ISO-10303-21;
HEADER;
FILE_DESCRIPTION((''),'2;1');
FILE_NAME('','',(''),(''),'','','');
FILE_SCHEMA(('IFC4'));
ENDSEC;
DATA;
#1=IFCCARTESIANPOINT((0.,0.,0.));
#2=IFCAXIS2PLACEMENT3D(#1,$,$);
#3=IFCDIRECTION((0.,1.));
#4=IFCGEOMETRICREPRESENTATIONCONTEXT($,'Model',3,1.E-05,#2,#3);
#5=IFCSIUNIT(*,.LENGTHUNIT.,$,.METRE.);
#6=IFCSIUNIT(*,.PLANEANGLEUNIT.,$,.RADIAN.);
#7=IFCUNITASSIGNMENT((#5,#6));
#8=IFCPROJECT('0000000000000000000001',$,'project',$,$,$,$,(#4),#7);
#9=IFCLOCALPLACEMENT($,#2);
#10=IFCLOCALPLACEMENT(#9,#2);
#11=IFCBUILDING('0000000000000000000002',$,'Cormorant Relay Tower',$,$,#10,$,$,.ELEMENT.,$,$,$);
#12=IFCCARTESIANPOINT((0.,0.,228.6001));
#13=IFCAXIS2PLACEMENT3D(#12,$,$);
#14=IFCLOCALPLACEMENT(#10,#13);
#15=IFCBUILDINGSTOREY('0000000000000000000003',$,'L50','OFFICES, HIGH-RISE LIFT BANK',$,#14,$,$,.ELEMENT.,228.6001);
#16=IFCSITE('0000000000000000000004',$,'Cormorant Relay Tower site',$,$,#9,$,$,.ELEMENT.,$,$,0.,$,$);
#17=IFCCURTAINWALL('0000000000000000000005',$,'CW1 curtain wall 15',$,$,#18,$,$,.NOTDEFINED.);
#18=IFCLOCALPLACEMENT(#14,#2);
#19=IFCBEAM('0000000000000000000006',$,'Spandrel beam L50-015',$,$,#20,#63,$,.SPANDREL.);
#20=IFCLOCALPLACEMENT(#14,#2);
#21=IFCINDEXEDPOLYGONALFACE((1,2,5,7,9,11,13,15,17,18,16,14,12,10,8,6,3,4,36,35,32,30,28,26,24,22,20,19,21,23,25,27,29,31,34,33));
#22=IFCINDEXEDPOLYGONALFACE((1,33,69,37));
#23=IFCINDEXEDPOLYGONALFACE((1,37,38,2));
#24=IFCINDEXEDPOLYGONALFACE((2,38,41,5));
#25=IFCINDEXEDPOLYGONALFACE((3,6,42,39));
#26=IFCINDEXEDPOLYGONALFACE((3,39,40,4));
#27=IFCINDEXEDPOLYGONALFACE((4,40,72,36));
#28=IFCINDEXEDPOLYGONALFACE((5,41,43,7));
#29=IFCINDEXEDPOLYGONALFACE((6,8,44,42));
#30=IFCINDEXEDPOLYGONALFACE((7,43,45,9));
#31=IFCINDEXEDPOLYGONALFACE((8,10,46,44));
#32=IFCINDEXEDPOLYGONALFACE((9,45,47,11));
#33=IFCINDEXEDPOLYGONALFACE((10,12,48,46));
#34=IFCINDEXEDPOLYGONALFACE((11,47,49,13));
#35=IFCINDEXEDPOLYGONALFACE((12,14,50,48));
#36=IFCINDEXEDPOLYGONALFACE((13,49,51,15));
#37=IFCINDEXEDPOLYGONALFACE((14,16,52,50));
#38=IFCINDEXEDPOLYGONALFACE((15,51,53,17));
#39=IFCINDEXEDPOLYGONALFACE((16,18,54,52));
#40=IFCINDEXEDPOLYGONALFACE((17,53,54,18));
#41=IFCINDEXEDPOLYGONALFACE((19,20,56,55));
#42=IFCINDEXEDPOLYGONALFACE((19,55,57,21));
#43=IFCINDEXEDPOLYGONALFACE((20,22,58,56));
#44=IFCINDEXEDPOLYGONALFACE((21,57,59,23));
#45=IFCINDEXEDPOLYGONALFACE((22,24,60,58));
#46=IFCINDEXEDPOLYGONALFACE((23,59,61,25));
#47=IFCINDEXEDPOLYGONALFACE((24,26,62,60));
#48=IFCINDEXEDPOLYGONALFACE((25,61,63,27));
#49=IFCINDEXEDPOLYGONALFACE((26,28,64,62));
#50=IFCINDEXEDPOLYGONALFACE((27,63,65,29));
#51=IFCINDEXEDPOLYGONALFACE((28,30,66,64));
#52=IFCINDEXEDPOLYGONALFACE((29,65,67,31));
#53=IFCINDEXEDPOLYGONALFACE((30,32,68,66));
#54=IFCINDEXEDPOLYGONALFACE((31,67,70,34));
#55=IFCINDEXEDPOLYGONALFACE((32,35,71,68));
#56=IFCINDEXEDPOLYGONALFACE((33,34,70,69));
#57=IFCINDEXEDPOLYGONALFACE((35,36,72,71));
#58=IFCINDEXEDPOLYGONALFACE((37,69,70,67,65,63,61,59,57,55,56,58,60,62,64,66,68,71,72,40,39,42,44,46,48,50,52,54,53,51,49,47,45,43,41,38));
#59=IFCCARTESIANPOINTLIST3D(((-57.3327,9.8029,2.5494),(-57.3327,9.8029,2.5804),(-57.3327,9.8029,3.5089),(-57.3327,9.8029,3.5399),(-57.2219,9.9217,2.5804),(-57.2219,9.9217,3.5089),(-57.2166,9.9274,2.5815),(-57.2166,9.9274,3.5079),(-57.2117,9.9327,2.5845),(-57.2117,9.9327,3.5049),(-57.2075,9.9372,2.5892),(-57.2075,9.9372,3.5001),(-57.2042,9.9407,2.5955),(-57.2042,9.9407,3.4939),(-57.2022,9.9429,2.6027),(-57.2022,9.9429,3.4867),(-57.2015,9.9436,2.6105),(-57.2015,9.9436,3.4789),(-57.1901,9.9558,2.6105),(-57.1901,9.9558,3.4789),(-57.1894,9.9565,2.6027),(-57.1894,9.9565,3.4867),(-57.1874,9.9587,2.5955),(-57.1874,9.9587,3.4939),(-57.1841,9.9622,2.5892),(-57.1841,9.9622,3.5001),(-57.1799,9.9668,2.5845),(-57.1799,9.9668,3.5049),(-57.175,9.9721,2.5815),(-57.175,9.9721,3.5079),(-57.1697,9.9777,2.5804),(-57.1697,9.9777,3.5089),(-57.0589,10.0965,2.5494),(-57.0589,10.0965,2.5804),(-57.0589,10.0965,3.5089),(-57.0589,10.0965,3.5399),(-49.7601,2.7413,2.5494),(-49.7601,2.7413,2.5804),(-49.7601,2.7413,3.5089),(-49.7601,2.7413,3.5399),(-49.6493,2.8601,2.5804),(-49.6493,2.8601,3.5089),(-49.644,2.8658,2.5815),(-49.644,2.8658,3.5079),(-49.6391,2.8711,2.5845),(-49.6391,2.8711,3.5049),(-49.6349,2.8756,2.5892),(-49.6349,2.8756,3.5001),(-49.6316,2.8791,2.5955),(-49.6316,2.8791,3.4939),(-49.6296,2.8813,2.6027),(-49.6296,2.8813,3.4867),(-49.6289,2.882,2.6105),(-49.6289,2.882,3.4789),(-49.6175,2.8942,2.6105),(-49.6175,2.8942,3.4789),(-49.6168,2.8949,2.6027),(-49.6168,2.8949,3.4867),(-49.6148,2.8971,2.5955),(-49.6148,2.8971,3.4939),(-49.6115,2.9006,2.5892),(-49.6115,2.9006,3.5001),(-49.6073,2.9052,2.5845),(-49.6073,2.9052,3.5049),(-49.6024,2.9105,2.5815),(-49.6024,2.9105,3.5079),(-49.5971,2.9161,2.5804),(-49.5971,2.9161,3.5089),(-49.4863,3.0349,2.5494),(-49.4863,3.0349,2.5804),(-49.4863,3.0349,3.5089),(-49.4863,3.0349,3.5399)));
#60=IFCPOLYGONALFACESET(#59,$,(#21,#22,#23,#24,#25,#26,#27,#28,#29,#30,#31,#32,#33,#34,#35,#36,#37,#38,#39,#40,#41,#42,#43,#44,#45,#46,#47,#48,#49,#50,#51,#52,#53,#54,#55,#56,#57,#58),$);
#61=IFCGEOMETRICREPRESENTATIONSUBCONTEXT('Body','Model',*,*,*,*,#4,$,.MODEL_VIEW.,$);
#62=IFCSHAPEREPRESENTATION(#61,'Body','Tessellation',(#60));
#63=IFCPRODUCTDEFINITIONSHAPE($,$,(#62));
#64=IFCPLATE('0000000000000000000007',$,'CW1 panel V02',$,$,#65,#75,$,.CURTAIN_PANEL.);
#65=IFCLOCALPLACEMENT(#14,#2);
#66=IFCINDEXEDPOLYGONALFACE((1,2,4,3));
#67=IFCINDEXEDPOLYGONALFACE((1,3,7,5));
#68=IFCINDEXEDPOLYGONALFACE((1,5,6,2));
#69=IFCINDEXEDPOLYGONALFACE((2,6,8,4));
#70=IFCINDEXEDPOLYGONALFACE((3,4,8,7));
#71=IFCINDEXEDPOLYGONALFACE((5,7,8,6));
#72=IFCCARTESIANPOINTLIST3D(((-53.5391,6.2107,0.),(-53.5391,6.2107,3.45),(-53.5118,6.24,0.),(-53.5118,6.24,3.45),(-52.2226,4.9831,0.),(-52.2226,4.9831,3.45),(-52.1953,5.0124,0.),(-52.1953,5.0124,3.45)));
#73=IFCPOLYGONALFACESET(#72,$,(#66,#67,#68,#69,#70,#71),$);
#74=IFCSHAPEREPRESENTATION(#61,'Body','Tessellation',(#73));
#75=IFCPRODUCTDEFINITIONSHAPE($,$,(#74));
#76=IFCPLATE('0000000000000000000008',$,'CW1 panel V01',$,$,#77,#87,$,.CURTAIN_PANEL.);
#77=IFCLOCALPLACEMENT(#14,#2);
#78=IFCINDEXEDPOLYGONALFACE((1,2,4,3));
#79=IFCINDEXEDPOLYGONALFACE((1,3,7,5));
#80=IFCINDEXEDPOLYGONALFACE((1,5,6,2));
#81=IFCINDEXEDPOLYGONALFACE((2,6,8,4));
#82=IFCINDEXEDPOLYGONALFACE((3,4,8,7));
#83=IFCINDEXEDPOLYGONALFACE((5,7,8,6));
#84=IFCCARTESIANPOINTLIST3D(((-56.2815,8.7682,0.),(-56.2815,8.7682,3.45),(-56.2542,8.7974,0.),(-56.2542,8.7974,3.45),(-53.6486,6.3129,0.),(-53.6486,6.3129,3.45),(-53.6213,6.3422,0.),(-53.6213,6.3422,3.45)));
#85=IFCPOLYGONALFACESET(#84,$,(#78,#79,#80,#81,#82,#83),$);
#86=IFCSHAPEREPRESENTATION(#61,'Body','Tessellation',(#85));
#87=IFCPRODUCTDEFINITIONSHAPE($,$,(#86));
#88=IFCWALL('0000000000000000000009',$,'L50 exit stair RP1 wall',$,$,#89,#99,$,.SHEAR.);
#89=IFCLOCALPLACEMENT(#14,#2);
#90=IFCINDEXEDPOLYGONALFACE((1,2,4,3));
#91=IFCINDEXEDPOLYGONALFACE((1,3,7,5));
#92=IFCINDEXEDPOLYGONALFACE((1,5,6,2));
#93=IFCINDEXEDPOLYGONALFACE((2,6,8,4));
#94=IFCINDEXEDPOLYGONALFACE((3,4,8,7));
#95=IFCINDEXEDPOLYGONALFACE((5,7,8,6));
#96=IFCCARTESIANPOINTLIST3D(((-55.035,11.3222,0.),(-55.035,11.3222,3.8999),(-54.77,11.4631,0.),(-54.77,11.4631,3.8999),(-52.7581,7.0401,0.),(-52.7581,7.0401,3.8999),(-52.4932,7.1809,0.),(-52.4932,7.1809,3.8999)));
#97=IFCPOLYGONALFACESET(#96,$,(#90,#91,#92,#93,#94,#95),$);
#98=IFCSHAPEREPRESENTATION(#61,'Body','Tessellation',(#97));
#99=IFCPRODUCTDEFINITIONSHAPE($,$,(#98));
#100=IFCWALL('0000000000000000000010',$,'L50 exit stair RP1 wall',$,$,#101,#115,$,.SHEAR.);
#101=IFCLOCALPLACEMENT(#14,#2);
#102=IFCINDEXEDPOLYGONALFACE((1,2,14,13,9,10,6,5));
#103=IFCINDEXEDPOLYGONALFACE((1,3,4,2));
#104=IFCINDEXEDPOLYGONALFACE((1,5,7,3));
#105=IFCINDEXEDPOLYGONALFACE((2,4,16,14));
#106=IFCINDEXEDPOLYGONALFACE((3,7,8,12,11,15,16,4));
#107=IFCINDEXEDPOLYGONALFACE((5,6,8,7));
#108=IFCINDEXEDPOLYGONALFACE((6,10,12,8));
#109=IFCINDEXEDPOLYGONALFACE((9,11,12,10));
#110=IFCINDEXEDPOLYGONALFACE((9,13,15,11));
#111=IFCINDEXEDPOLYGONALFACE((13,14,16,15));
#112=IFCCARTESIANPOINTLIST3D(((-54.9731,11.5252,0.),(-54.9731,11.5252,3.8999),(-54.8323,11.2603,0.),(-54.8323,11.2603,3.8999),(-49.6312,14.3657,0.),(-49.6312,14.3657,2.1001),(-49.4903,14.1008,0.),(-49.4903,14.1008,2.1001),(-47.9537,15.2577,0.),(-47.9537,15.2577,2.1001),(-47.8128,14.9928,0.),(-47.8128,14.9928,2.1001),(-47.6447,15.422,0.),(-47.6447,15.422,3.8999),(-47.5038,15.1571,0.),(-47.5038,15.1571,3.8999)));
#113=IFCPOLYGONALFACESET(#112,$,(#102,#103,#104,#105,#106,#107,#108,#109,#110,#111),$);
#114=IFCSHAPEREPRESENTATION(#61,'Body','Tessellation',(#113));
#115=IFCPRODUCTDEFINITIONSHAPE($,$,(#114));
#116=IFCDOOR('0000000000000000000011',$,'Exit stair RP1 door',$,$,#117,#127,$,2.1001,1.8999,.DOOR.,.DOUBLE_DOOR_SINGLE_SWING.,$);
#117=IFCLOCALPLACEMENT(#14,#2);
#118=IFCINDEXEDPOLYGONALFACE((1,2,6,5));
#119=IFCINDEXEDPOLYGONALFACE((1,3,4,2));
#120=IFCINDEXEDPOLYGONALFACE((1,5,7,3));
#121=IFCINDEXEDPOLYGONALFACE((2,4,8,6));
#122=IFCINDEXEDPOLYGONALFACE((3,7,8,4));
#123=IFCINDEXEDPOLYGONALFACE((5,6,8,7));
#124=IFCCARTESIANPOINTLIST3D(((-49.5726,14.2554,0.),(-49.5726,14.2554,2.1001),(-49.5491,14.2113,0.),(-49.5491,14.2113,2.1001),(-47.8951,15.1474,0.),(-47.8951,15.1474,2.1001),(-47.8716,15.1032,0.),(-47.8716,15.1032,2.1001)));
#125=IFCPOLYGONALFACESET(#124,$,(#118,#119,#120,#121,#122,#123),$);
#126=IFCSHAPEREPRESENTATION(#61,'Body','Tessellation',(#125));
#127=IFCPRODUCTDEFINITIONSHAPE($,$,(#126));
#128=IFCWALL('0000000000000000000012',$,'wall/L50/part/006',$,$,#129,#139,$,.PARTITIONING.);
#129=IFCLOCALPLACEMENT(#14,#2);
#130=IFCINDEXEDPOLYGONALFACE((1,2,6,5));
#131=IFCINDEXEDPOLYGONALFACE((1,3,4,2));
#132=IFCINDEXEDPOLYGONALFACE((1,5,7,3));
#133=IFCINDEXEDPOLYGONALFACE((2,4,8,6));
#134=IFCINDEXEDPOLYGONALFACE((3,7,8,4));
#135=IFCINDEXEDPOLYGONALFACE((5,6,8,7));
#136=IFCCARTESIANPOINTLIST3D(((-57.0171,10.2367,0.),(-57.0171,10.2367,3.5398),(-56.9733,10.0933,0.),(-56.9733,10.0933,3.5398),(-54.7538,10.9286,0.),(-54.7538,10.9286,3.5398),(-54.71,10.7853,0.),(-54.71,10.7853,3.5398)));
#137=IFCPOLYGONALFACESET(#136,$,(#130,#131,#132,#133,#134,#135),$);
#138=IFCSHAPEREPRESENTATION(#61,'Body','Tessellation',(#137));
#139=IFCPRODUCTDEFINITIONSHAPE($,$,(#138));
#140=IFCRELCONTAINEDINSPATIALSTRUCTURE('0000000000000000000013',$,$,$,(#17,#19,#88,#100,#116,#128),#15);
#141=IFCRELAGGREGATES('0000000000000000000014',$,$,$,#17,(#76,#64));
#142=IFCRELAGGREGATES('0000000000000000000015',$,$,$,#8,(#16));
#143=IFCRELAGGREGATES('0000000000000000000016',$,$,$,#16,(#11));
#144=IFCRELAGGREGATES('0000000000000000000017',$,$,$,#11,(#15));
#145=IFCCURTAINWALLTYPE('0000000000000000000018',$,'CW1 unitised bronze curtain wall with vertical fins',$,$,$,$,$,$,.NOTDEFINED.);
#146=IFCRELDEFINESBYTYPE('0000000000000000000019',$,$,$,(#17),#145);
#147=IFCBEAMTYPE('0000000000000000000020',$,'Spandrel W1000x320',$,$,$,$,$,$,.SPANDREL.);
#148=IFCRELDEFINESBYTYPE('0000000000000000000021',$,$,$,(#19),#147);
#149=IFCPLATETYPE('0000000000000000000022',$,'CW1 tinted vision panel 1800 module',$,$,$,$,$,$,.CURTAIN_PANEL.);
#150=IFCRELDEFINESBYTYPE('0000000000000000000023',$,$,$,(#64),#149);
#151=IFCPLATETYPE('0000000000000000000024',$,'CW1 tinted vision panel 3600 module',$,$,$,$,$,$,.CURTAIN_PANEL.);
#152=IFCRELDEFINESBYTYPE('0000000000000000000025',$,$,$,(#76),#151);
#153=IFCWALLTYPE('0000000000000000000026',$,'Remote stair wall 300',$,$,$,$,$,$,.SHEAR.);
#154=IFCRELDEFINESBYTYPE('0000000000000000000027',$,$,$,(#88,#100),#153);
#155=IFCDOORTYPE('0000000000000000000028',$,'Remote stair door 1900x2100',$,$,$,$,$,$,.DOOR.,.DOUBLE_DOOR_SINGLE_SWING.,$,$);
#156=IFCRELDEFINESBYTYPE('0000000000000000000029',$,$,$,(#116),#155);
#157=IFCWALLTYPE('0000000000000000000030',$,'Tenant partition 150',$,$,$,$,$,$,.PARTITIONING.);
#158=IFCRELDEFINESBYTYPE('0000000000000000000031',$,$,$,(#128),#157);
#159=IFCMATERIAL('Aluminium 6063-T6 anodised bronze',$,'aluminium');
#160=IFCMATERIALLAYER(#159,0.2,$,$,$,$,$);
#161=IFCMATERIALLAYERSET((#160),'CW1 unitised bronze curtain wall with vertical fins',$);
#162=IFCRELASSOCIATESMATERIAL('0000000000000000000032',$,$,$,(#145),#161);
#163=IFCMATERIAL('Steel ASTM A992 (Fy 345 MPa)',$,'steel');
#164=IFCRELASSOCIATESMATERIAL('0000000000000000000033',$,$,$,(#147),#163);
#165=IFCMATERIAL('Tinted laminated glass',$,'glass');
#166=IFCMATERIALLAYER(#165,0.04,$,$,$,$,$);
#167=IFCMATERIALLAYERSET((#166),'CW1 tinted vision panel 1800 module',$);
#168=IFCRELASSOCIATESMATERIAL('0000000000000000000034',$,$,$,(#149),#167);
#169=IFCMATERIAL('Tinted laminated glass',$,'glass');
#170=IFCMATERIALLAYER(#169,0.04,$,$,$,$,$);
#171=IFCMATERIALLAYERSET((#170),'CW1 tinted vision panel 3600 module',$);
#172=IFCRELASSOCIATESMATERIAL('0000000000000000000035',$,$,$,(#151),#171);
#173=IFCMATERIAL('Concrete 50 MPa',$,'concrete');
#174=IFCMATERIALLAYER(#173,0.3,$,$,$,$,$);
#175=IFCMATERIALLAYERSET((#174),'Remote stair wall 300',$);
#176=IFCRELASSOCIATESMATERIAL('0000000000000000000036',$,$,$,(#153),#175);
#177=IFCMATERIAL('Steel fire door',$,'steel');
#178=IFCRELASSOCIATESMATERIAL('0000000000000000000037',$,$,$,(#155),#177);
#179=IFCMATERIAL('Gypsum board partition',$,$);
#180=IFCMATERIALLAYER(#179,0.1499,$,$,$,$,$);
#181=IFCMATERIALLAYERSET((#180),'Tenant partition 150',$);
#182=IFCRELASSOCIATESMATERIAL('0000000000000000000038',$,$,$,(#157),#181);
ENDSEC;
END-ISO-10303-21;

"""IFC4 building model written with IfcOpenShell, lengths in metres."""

from ifc_helpers import new_model, si_unit, direction, frame, frame_2d, origin, origin_2d, place, context, subcontext, project, spatial, rectangle, i_section, extrude, material, layer, layer_set, material_profile, profile_set, type_object, element, fill, aggregate, save


model = new_model("IFC4")

# Units and contexts
model_context = context("Model", 3, precision=1e-05, world=origin(), true_north=direction((0.0, 1.0)))
body_context = subcontext(model_context, "Body", "Model", "MODEL_VIEW")
ifc_project = project(units=[si_unit("LENGTHUNIT", "METRE"), si_unit("PLANEANGLEUNIT", "RADIAN")], contexts=[model_context])

# Site, building, storey
site_placement = place(None, origin())
site = spatial("IfcSite", under=ifc_project, at=site_placement, Name="Cormorant Relay Tower site", CompositionType="ELEMENT", RefElevation=0.0)
building_placement = place(site_placement, origin())
building = spatial("IfcBuilding", under=site, at=building_placement, Name="Cormorant Relay Tower", CompositionType="ELEMENT")
storey_placement = place(building_placement, frame((0.0, 0.0, 228.6001)))
storey = spatial("IfcBuildingStorey", under=building, at=storey_placement, Name="L50", Description="OFFICES, HIGH-RISE LIFT BANK", CompositionType="ELEMENT", Elevation=228.6001)

# Curtain wall
ifc_material_1 = material(Name="Aluminium 6063-T6 anodised bronze", Category="aluminium")
ifc_layer_1 = layer(ifc_material_1, 0.2)
ifc_layer_set_1 = layer_set([ifc_layer_1], Name="CW1 unitised bronze curtain wall with vertical fins")
curtain_wall_type = type_object("IfcCurtainWallType", Name="CW1 unitised bronze curtain wall with vertical fins", PredefinedType="NOTDEFINED", material=ifc_layer_set_1)
curtain_wall_1_placement = place(storey_placement, origin())
curtain_wall_1 = element("IfcCurtainWall", 1, at=curtain_wall_1_placement, inside=storey, type_object=curtain_wall_type, Name="CW1 curtain wall 15", PredefinedType="NOTDEFINED")

# Beam
ifc_material_2 = material(Name="Steel ASTM A992 (Fy 345 MPa)", Category="steel")
ifc_material_profile_1 = material_profile(ifc_material_2, i_section(OverallWidth=0.4014, OverallDepth=0.9905, WebThickness=0.0166, FlangeThickness=0.031, FilletRadius=0.03, at=origin_2d()), Name="W1000x320")
ifc_profile_set_1 = profile_set([ifc_material_profile_1], Name="Steel ASTM A992 (Fy 345 MPa)")
beam_type = type_object("IfcBeamType", Name="Spandrel W1000x320", PredefinedType="SPANDREL", material=ifc_profile_set_1)
beam_placement = place(storey_placement, frame((-57.1958, 9.9497, 3.0447), z_axis=(0.731352, -0.682001, 0.0), x_axis=(0.682001, 0.731352, 0.0)))
element("IfcBeam", 2, at=beam_placement, inside=storey, type_object=beam_type, Name="Spandrel beam L50-015", PredefinedType="SPANDREL", context=body_context, shape_type="SweptSolid", body=[
    extrude(i_section(OverallWidth=0.4014, OverallDepth=0.9905, WebThickness=0.0166, FlangeThickness=0.031, FilletRadius=0.03, at=origin_2d()), origin(), (0.0, 0.0, 1.0), 10.3542),
])

# Plates
ifc_material_3 = material(Name="Tinted laminated glass", Category="glass")
ifc_layer_2 = layer(ifc_material_3, 0.04)
ifc_layer_set_2 = layer_set([ifc_layer_2], Name="CW1 tinted vision panel 1800 module")
plate_type_1 = type_object("IfcPlateType", Name="CW1 tinted vision panel 1800 module", PredefinedType="CURTAIN_PANEL", material=ifc_layer_set_2)
plate_1_placement = place(storey_placement, frame((-52.8672, 5.6116, 0.0), z_axis=(0.0, 0.0, 1.0), x_axis=(0.731354, -0.681998, 0.0)))
plate_1 = element("IfcPlate", 3, at=plate_1_placement, type_object=plate_type_1, Name="CW1 panel V02", PredefinedType="CURTAIN_PANEL", context=body_context, shape_type="SweptSolid", body=[
    extrude(rectangle(XDim=1.8, YDim=0.04, at=origin_2d()), origin(), (0.0, 0.0, 1.0), 3.45),
])
ifc_material_4 = material(Name="Tinted laminated glass", Category="glass")
ifc_layer_3 = layer(ifc_material_4, 0.04)
ifc_layer_set_3 = layer_set([ifc_layer_3], Name="CW1 tinted vision panel 3600 module")
plate_type_2 = type_object("IfcPlateType", Name="CW1 tinted vision panel 3600 module", PredefinedType="CURTAIN_PANEL", material=ifc_layer_set_3)
plate_2_placement = place(storey_placement, frame((-54.9514, 7.5552, 0.0), z_axis=(0.0, 0.0, 1.0), x_axis=(0.731354, -0.681998, 0.0)))
plate_2 = element("IfcPlate", 4, at=plate_2_placement, type_object=plate_type_2, Name="CW1 panel V01", PredefinedType="CURTAIN_PANEL", context=body_context, shape_type="SweptSolid", body=[
    extrude(rectangle(XDim=3.6001, YDim=0.04, at=origin_2d()), origin(), (0.0, 0.0, 1.0), 3.45),
])

# Wall
ifc_material_5 = material(Name="Concrete 50 MPa", Category="concrete")
ifc_layer_4 = layer(ifc_material_5, 0.3)
ifc_layer_set_4 = layer_set([ifc_layer_4], Name="Remote stair wall 300")
wall_type_1 = type_object("IfcWallType", Name="Remote stair wall 300", PredefinedType="SHEAR", material=ifc_layer_set_4)
wall_1_placement = place(storey_placement, frame((-52.6257, 7.1106, 0.0), z_axis=(0.0, 0.0, 1.0), x_axis=(-0.469464, 0.882951, 0.0)))
element("IfcWall", 5, at=wall_1_placement, inside=storey, type_object=wall_type_1, Name="L50 exit stair RP1 wall", PredefinedType="SHEAR", context=body_context, shape_type="SweptSolid", body=[
    extrude(rectangle(XDim=4.8499, YDim=0.3, at=frame_2d((2.4248, 0.0))), origin(), (0.0, 0.0, 1.0), 3.8999),
])

# Wall, opening, door
wall_2_placement = place(storey_placement, frame((-54.9026, 11.3928, 0.0), z_axis=(0.0, 0.0, 1.0), x_axis=(0.882939, 0.469487, 0.0)))
wall_2 = element("IfcWall", 6, at=wall_2_placement, inside=storey, type_object=wall_type_1, Name="L50 exit stair RP1 wall", PredefinedType="SHEAR", context=body_context, shape_type="SweptSolid", body=[
    extrude(rectangle(XDim=8.3, YDim=0.3, at=frame_2d((4.1499, 0.0))), origin(), (0.0, 0.0, 1.0), 3.8999),
])
opening_placement = place(wall_2_placement, frame((6.05, 0.0, 0.0)))
opening = element("IfcOpeningElement", 7, at=opening_placement, cuts=wall_2, PredefinedType="OPENING", context=body_context, shape_type="SweptSolid", body=[
    extrude(rectangle(XDim=1.8999, YDim=2.1001, at=frame_2d((0.95, 1.05))), frame((0.0, 0.1599, 0.0), z_axis=(0.0, -1.0, 0.0), x_axis=(1.0, 0.0, 0.0)), (0.0, 0.0, 1.0), 0.3201),
])
ifc_material_6 = material(Name="Steel fire door", Category="steel")
door_type = type_object("IfcDoorType", Name="Remote stair door 1900x2100", OperationType="DOUBLE_DOOR_SINGLE_SWING", PredefinedType="DOOR", material=ifc_material_6)
door_placement = place(opening_placement, frame((1.8999, 0.0, 0.0), z_axis=(0.0, 0.0, 1.0), x_axis=(-1.0, 0.0, 0.0)))
door = element("IfcDoor", 8, at=door_placement, inside=storey, type_object=door_type, Name="Exit stair RP1 door", OperationType="DOUBLE_DOOR_SINGLE_SWING", OverallHeight=2.1001, OverallWidth=1.8999, PredefinedType="DOOR", context=body_context, shape_type="SweptSolid", body=[
    extrude(rectangle(XDim=1.8999, YDim=2.1001, at=frame_2d((0.95, 1.05))), frame((0.0, 0.0249, 0.0), z_axis=(0.0, -1.0, 0.0), x_axis=(1.0, 0.0, 0.0)), (0.0, 0.0, 1.0), 0.05),
])
fill(opening, door)

# Wall
ifc_material_7 = material(Name="Gypsum board partition")
ifc_layer_5 = layer(ifc_material_7, 0.1499)
ifc_layer_set_5 = layer_set([ifc_layer_5], Name="Tenant partition 150")
wall_type_2 = type_object("IfcWallType", Name="Tenant partition 150", PredefinedType="PARTITIONING", material=ifc_layer_set_5)
wall_3_placement = place(storey_placement, frame((-54.7319, 10.8569, 0.0), z_axis=(0.0, 0.0, 1.0), x_axis=(-0.956308, -0.29236, 0.0)))
element("IfcWall", 9, at=wall_3_placement, inside=storey, type_object=wall_type_2, Name="wall/L50/part/006", PredefinedType="PARTITIONING", context=body_context, shape_type="SweptSolid", body=[
    extrude(rectangle(XDim=2.3667, YDim=0.1499, at=frame_2d((1.1833, 0.0))), origin(), (0.0, 0.0, 1.0), 3.5398),
])

aggregate(curtain_wall_1, [plate_2, plate_1])

save(model, "model.ifc")
